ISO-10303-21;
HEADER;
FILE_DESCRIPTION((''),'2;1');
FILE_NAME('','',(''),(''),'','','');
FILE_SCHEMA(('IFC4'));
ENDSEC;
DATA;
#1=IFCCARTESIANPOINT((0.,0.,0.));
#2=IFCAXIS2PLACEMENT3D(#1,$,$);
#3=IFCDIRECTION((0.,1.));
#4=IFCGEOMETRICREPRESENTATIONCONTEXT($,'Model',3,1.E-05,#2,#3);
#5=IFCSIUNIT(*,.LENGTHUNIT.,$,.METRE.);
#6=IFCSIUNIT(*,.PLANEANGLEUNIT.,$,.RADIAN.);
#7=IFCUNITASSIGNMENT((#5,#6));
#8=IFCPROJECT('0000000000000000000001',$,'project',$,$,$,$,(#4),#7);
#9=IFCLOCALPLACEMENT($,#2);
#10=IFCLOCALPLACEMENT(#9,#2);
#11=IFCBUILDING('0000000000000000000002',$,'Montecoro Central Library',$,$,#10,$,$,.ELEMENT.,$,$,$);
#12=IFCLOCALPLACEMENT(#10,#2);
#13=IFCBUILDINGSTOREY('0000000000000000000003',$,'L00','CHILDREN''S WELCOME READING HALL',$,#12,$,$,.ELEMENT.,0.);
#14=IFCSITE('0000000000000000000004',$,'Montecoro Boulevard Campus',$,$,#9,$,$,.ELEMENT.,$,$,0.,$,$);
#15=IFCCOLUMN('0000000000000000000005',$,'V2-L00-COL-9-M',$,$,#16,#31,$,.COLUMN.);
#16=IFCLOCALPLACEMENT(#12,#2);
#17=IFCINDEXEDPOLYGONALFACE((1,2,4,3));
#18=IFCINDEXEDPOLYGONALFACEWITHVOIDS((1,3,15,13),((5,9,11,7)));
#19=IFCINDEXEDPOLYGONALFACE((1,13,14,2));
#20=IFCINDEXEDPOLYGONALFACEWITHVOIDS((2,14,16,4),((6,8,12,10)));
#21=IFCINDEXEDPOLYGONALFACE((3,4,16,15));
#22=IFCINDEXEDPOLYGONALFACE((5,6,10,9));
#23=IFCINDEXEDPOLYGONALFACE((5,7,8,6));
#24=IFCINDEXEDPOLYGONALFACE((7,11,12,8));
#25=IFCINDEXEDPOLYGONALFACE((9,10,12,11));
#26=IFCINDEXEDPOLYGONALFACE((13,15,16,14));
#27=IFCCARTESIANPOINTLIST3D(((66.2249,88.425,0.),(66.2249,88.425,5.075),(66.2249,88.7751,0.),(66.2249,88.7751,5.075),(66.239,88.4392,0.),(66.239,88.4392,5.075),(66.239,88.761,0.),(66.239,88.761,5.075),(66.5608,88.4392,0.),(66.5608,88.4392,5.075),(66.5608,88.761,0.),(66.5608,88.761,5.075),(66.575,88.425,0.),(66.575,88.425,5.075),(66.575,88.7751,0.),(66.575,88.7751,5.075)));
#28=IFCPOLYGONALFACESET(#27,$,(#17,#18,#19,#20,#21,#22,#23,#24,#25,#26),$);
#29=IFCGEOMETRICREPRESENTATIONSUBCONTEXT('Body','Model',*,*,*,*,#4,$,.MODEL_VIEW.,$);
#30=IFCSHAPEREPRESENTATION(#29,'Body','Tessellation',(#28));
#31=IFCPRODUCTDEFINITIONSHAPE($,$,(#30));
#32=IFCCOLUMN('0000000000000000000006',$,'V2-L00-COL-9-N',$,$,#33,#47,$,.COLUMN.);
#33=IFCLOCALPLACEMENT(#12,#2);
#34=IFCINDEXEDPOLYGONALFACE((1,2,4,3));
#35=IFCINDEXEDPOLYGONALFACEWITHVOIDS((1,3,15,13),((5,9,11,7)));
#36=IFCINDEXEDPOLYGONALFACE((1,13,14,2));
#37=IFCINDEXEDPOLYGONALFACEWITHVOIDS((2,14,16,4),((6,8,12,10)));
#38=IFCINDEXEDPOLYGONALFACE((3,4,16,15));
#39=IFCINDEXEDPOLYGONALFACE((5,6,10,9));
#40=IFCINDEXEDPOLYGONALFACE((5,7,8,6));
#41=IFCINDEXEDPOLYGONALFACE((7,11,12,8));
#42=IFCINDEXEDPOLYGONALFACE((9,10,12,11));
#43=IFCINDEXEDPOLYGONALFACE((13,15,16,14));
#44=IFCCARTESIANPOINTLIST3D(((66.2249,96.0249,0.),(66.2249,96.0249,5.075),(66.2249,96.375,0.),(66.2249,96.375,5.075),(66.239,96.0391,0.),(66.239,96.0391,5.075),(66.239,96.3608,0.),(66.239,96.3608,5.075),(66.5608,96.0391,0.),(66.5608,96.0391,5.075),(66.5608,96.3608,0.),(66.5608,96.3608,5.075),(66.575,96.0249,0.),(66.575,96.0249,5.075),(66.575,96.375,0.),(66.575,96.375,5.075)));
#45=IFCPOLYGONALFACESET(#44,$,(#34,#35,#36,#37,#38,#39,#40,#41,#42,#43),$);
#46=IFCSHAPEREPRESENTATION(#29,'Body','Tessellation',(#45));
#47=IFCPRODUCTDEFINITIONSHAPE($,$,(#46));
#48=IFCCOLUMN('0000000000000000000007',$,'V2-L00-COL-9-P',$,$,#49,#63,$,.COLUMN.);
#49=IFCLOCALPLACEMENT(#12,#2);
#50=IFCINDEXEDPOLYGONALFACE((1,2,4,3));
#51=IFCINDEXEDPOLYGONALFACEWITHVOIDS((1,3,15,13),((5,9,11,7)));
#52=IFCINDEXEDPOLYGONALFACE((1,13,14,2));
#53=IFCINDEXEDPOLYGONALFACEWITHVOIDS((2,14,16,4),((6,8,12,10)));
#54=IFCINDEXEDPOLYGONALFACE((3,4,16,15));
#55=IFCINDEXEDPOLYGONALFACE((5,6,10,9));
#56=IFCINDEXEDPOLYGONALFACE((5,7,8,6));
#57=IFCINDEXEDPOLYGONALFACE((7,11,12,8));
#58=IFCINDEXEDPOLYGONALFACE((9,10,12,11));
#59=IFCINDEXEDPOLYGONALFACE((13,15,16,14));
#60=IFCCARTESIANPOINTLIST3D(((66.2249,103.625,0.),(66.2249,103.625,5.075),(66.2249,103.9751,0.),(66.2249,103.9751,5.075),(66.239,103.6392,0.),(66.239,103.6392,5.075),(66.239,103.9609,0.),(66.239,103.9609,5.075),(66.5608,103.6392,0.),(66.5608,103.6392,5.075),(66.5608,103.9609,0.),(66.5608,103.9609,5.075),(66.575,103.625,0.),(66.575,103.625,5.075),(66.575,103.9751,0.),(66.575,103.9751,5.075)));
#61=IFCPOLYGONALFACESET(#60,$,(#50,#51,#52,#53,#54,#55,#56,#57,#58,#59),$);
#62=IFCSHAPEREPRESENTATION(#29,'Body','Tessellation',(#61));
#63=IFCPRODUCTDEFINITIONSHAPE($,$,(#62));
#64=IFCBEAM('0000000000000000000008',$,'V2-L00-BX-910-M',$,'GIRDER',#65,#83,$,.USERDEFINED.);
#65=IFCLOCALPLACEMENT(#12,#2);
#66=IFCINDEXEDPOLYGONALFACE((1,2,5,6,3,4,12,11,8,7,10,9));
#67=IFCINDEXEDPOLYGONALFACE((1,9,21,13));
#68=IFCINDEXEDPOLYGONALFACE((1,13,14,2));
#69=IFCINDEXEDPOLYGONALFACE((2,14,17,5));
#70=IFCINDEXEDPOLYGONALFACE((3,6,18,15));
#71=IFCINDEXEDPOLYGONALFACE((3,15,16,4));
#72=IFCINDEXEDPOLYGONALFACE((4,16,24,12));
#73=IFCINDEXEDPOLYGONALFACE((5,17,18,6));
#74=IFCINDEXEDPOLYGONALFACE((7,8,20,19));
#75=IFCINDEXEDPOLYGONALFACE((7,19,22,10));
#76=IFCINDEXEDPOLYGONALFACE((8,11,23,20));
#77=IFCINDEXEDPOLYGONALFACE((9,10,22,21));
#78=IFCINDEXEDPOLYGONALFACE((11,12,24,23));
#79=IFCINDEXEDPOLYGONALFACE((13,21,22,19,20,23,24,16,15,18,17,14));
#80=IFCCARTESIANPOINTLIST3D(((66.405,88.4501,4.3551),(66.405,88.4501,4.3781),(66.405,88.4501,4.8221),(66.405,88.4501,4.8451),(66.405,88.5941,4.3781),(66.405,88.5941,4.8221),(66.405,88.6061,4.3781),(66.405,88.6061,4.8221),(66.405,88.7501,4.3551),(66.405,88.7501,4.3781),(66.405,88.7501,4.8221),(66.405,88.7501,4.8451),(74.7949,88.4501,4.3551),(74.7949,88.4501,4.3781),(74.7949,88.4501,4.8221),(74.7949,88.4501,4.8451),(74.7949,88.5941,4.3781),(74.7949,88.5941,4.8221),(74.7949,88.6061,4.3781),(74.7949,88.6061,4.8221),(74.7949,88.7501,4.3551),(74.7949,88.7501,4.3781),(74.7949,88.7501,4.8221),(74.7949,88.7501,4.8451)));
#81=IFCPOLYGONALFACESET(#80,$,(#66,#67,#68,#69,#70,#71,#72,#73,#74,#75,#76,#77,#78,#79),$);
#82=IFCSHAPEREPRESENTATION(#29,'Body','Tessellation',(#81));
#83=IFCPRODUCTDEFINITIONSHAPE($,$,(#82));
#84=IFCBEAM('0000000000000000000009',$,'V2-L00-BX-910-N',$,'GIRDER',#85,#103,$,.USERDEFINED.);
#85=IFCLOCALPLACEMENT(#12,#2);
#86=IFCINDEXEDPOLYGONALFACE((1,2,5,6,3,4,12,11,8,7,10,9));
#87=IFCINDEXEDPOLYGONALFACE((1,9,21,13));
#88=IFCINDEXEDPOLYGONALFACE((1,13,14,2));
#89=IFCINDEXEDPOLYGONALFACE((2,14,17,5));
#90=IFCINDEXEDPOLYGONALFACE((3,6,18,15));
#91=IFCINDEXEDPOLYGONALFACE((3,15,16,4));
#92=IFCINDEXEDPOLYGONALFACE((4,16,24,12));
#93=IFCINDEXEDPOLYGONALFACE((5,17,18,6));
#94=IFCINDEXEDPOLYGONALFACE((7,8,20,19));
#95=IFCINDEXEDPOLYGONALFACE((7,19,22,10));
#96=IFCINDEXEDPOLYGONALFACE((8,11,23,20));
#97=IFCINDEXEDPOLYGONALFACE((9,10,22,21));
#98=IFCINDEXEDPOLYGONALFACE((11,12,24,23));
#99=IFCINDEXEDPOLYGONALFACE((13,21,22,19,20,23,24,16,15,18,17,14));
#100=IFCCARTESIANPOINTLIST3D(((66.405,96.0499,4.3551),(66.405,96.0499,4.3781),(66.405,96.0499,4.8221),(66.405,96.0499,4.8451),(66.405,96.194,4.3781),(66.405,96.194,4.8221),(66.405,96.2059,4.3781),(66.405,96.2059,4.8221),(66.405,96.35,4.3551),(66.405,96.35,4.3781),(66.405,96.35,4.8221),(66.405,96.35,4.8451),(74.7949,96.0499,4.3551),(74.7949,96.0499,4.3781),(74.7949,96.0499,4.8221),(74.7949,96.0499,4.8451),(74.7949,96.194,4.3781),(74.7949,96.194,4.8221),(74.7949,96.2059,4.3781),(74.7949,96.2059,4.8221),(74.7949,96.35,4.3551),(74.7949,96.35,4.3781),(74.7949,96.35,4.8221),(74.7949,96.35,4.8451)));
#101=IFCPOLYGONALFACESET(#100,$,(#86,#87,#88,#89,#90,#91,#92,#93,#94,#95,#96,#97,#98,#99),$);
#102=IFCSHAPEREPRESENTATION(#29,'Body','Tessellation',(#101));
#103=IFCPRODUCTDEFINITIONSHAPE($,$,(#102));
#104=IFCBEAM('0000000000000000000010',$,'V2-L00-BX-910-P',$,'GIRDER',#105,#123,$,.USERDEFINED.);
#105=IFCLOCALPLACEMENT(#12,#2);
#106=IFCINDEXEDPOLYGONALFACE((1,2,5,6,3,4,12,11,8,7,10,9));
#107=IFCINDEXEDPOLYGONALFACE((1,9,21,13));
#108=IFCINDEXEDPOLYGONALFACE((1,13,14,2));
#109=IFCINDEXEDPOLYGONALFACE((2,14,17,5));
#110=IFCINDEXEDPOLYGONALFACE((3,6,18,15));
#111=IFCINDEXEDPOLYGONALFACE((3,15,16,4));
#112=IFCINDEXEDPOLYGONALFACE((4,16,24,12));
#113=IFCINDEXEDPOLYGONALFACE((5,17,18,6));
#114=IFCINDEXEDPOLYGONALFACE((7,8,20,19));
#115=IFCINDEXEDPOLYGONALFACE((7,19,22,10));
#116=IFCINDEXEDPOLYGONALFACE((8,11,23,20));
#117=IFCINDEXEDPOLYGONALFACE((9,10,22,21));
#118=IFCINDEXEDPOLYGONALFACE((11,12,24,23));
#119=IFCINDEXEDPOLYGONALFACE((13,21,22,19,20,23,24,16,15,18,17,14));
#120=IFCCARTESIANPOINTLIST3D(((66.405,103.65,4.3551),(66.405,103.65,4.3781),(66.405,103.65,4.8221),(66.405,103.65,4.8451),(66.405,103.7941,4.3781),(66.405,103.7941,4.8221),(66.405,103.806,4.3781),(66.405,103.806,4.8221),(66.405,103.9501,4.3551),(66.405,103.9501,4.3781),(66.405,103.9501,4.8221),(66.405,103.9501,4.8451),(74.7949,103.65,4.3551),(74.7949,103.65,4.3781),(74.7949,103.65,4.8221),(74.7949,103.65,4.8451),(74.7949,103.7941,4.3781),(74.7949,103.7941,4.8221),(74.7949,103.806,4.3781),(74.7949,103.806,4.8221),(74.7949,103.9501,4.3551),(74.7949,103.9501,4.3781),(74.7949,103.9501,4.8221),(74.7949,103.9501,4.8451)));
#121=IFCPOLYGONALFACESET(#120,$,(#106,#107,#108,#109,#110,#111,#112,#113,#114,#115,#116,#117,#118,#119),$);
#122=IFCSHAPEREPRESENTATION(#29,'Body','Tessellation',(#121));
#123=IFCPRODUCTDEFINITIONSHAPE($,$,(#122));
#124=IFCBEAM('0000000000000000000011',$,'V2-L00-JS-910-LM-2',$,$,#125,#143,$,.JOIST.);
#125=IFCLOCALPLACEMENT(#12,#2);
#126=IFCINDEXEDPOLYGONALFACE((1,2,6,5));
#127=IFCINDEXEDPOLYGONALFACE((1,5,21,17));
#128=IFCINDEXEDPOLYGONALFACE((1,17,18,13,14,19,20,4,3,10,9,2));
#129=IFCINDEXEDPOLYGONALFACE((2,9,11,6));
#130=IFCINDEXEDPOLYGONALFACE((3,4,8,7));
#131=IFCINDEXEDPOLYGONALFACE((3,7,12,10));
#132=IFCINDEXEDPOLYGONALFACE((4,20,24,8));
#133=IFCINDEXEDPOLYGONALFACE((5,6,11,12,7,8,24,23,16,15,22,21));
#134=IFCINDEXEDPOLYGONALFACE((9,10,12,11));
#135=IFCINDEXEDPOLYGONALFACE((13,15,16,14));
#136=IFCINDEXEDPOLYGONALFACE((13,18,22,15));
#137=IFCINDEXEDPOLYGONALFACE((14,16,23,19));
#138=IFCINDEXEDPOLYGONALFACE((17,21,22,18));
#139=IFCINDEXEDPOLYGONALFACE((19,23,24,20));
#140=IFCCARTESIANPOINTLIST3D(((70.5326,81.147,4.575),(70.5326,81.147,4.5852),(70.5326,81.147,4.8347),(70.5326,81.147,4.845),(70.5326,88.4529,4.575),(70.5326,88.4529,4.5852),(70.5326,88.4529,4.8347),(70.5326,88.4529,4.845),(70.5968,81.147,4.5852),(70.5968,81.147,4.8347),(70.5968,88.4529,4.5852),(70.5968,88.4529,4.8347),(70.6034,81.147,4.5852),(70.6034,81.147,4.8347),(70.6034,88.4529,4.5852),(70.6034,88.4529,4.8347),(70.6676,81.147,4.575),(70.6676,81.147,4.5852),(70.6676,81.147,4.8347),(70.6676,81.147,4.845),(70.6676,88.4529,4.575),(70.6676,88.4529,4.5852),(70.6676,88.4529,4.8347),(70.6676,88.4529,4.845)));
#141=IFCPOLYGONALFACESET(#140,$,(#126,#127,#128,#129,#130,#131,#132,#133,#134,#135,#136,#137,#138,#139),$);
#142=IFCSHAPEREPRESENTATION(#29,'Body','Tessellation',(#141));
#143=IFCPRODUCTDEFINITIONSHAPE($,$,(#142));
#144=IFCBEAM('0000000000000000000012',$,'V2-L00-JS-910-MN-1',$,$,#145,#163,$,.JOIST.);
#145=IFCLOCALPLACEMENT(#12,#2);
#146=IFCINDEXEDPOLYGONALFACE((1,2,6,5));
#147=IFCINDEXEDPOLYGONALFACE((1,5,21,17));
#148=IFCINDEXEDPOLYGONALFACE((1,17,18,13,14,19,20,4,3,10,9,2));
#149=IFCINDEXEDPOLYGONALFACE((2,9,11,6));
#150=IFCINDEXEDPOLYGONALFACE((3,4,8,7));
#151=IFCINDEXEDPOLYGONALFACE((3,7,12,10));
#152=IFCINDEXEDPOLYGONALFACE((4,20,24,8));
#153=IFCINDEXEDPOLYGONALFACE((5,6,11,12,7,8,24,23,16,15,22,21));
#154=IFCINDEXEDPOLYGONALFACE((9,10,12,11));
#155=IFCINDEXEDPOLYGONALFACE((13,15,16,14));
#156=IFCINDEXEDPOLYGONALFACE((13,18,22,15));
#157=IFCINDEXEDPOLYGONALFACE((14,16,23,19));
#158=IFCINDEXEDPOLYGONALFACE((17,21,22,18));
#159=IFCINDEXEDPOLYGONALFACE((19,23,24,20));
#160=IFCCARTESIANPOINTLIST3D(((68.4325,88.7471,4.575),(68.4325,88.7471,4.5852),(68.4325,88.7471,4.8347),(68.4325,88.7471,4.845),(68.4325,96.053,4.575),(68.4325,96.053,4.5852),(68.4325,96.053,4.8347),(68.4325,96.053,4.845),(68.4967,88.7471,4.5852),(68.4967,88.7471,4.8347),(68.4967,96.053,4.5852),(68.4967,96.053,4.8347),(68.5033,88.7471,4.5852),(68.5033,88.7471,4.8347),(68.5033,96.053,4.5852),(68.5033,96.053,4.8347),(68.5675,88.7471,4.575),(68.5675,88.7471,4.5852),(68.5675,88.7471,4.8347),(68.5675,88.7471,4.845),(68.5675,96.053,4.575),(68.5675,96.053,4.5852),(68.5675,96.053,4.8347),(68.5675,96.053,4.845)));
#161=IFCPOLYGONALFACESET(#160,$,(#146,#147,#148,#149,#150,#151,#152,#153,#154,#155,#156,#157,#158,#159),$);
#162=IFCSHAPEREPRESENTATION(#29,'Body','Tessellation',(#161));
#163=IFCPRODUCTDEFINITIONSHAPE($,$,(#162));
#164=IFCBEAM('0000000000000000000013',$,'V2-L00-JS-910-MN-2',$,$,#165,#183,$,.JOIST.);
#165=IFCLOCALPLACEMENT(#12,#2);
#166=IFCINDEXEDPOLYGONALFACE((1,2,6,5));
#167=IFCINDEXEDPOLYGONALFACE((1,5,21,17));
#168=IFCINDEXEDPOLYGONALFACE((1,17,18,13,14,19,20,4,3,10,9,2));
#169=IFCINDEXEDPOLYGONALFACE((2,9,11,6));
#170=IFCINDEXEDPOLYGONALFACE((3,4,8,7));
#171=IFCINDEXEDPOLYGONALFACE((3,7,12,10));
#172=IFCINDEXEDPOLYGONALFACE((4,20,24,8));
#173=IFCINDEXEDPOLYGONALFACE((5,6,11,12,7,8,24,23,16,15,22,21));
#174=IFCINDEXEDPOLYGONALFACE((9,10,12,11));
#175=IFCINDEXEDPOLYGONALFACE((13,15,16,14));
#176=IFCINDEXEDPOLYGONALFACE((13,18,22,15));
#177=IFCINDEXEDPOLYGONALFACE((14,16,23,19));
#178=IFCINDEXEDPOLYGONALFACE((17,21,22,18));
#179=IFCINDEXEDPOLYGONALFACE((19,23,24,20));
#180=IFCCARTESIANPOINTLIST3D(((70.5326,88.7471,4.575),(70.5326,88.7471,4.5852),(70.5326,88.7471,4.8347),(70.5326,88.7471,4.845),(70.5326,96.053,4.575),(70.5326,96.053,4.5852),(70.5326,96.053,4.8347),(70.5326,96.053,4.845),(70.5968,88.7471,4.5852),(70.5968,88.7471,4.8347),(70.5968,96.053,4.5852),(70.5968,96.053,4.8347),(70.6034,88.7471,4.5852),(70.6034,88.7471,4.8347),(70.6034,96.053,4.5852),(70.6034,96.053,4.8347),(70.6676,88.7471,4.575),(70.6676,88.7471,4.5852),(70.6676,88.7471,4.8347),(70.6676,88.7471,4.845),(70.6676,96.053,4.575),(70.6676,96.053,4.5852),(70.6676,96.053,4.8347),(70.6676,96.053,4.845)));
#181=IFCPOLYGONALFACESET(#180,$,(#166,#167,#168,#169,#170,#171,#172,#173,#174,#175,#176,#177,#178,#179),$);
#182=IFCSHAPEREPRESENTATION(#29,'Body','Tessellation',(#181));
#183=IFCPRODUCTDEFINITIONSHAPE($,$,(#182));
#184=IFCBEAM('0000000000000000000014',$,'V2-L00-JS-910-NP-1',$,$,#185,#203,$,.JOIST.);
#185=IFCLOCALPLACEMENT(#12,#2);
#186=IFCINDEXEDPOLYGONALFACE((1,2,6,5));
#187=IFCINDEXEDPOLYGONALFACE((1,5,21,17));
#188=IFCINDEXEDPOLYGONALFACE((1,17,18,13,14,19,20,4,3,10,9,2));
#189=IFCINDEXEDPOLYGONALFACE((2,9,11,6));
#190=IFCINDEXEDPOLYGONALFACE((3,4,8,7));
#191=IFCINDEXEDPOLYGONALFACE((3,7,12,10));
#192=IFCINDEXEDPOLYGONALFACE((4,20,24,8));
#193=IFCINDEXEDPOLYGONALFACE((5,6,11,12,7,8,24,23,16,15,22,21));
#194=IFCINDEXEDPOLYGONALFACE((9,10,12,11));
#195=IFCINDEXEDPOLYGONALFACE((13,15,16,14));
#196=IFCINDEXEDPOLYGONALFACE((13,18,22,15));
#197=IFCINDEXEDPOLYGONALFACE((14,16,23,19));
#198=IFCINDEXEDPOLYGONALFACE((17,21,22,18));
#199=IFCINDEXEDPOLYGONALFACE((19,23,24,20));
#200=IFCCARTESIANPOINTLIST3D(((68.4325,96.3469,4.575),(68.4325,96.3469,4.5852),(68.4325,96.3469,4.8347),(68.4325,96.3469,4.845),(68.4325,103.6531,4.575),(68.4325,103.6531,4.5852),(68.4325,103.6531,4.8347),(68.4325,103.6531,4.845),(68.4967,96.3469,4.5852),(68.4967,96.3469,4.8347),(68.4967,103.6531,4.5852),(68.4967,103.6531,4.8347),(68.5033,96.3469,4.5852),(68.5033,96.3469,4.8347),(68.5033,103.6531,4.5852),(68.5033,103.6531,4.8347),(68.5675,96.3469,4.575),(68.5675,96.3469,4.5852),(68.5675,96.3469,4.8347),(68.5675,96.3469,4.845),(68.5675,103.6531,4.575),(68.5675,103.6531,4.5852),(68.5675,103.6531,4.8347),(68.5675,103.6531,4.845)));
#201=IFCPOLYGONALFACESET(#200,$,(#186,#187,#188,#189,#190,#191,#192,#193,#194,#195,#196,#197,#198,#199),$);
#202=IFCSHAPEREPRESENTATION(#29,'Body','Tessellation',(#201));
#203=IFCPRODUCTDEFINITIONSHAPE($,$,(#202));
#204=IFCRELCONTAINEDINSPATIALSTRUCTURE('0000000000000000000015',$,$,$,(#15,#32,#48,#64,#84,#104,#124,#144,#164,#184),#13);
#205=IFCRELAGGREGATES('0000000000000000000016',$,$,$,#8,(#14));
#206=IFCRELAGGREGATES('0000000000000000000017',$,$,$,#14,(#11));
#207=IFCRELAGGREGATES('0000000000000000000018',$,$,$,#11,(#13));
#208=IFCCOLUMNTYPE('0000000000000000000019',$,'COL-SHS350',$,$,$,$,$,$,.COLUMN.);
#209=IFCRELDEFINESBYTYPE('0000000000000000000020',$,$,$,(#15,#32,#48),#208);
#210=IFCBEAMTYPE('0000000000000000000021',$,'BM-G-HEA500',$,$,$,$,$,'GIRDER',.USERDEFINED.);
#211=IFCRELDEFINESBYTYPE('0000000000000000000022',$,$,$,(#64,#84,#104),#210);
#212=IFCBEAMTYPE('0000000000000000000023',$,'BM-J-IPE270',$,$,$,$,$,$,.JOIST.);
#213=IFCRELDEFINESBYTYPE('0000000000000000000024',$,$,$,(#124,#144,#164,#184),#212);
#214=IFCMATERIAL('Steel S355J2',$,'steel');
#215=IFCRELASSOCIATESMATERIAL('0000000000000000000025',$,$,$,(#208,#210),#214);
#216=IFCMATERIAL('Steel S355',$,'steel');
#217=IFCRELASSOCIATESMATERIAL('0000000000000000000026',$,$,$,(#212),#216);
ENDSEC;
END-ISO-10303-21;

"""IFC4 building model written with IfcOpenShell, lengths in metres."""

from ifc_helpers import new_model, si_unit, direction, frame, origin, origin_2d, place, context, subcontext, project, spatial, hollow_rectangle, i_section, extrude, material, material_profile, profile_set, type_object, element, save


model = new_model("IFC4")

# Units and contexts
model_context = context("Model", 3, precision=1e-05, world=origin(), true_north=direction((0.0, 1.0)))
body_context = subcontext(model_context, "Body", "Model", "MODEL_VIEW")
ifc_project = project(units=[si_unit("LENGTHUNIT", "METRE"), si_unit("PLANEANGLEUNIT", "RADIAN")], contexts=[model_context])

# Site, building, storey
site_placement = place(None, origin())
site = spatial("IfcSite", under=ifc_project, at=site_placement, Name="Montecoro Boulevard Campus", CompositionType="ELEMENT", RefElevation=0.0)
building_placement = place(site_placement, origin())
building = spatial("IfcBuilding", under=site, at=building_placement, Name="Montecoro Central Library", CompositionType="ELEMENT")
storey_placement = place(building_placement, origin())
storey = spatial("IfcBuildingStorey", under=building, at=storey_placement, Name="L00", Description="CHILDREN'S WELCOME READING HALL", CompositionType="ELEMENT", Elevation=0.0)

# Columns
ifc_material_1 = material(Name="Steel S355J2", Category="steel")
ifc_material_profile_1 = material_profile(ifc_material_1, hollow_rectangle(XDim=0.3501, YDim=0.3501, WallThickness=0.0142, at=origin_2d()), Name="SHS 350x350x14.2")
ifc_profile_set_1 = profile_set([ifc_material_profile_1], Name="Steel S355J2")
column_type = type_object("IfcColumnType", Name="COL-SHS350", PredefinedType="COLUMN", material=ifc_profile_set_1)
for number, where, z_axis, x_axis, name in (
    (1, (66.3999, 88.6001, 0.0), (0.0, 0.0, 1.0), (1.0, 0.0, 0.0), "V2-L00-COL-9-M"),
    (2, (66.3999, 96.2, 0.0), (0.0, 0.0, 1.0), (1.0, 0.0, 0.0), "V2-L00-COL-9-N"),
    (3, (66.3999, 103.8, 0.0), (0.0, 0.0, 1.0), (1.0, 0.0, 0.0), "V2-L00-COL-9-P"),
):
    element("IfcColumn", number, at=place(storey_placement, frame(where, z_axis=z_axis, x_axis=x_axis)), inside=storey, type_object=column_type, Name=name, PredefinedType="COLUMN", context=body_context, shape_type="SweptSolid", body=[
        extrude(hollow_rectangle(XDim=0.3501, YDim=0.3501, WallThickness=0.0142, at=origin_2d()), origin(), (0.0, 0.0, 1.0), 5.075),
    ])

# Beams
ifc_material_profile_2 = material_profile(ifc_material_1, i_section(OverallWidth=0.3, OverallDepth=0.49, WebThickness=0.012, FlangeThickness=0.0229, at=origin_2d()), Name="HEA 500")
ifc_profile_set_2 = profile_set([ifc_material_profile_2], Name="Steel S355J2")
beam_type_1 = type_object("IfcBeamType", Name="BM-G-HEA500", ElementType="GIRDER", PredefinedType="USERDEFINED", material=ifc_profile_set_2)
for number, where, z_axis, x_axis, name in (
    (4, (66.405, 88.6001, 4.6001), (1.0, 0.0, 0.0), (0.0, 1.0, 0.0), "V2-L00-BX-910-M"),
    (5, (66.405, 96.2, 4.6001), (1.0, 0.0, 0.0), (0.0, 1.0, 0.0), "V2-L00-BX-910-N"),
    (6, (66.405, 103.8, 4.6001), (1.0, 0.0, 0.0), (0.0, 1.0, 0.0), "V2-L00-BX-910-P"),
):
    element("IfcBeam", number, at=place(storey_placement, frame(where, z_axis=z_axis, x_axis=x_axis)), inside=storey, type_object=beam_type_1, Name=name, ObjectType="GIRDER", PredefinedType="USERDEFINED", context=body_context, shape_type="SweptSolid", body=[
        extrude(i_section(OverallWidth=0.3, OverallDepth=0.49, WebThickness=0.012, FlangeThickness=0.0229, at=origin_2d()), origin(), (0.0, 0.0, 1.0), 8.3899),
    ])
ifc_material_2 = material(Name="Steel S355", Category="steel")
ifc_material_profile_3 = material_profile(ifc_material_2, i_section(OverallWidth=0.135, OverallDepth=0.27, WebThickness=0.0066, FlangeThickness=0.0103, at=origin_2d()), Name="IPE 270")
ifc_profile_set_3 = profile_set([ifc_material_profile_3], Name="Steel S355")
beam_type_2 = type_object("IfcBeamType", Name="BM-J-IPE270", PredefinedType="JOIST", material=ifc_profile_set_3)
for number, where, z_axis, x_axis, name in (
    (7, (70.6001, 81.147, 4.71), (0.0, 1.0, 0.0), (-1.0, 0.0, 0.0), "V2-L00-JS-910-LM-2"),
    (8, (68.5, 88.7471, 4.71), (0.0, 1.0, 0.0), (-1.0, 0.0, 0.0), "V2-L00-JS-910-MN-1"),
    (9, (70.6001, 88.7471, 4.71), (0.0, 1.0, 0.0), (-1.0, 0.0, 0.0), "V2-L00-JS-910-MN-2"),
):
    element("IfcBeam", number, at=place(storey_placement, frame(where, z_axis=z_axis, x_axis=x_axis)), inside=storey, type_object=beam_type_2, Name=name, PredefinedType="JOIST", context=body_context, shape_type="SweptSolid", body=[
        extrude(i_section(OverallWidth=0.135, OverallDepth=0.27, WebThickness=0.0066, FlangeThickness=0.0103, at=origin_2d()), origin(), (0.0, 0.0, 1.0), 7.3059),
    ])
for number, where, z_axis, x_axis, name in (
    (10, (68.5, 96.3469, 4.71), (0.0, 1.0, 0.0), (-1.0, 0.0, 0.0), "V2-L00-JS-910-NP-1"),
):
    element("IfcBeam", number, at=place(storey_placement, frame(where, z_axis=z_axis, x_axis=x_axis)), inside=storey, type_object=beam_type_2, Name=name, PredefinedType="JOIST", context=body_context, shape_type="SweptSolid", body=[
        extrude(i_section(OverallWidth=0.135, OverallDepth=0.27, WebThickness=0.0066, FlangeThickness=0.0103, at=origin_2d()), origin(), (0.0, 0.0, 1.0), 7.3062),
    ])

save(model, "model.ifc")
